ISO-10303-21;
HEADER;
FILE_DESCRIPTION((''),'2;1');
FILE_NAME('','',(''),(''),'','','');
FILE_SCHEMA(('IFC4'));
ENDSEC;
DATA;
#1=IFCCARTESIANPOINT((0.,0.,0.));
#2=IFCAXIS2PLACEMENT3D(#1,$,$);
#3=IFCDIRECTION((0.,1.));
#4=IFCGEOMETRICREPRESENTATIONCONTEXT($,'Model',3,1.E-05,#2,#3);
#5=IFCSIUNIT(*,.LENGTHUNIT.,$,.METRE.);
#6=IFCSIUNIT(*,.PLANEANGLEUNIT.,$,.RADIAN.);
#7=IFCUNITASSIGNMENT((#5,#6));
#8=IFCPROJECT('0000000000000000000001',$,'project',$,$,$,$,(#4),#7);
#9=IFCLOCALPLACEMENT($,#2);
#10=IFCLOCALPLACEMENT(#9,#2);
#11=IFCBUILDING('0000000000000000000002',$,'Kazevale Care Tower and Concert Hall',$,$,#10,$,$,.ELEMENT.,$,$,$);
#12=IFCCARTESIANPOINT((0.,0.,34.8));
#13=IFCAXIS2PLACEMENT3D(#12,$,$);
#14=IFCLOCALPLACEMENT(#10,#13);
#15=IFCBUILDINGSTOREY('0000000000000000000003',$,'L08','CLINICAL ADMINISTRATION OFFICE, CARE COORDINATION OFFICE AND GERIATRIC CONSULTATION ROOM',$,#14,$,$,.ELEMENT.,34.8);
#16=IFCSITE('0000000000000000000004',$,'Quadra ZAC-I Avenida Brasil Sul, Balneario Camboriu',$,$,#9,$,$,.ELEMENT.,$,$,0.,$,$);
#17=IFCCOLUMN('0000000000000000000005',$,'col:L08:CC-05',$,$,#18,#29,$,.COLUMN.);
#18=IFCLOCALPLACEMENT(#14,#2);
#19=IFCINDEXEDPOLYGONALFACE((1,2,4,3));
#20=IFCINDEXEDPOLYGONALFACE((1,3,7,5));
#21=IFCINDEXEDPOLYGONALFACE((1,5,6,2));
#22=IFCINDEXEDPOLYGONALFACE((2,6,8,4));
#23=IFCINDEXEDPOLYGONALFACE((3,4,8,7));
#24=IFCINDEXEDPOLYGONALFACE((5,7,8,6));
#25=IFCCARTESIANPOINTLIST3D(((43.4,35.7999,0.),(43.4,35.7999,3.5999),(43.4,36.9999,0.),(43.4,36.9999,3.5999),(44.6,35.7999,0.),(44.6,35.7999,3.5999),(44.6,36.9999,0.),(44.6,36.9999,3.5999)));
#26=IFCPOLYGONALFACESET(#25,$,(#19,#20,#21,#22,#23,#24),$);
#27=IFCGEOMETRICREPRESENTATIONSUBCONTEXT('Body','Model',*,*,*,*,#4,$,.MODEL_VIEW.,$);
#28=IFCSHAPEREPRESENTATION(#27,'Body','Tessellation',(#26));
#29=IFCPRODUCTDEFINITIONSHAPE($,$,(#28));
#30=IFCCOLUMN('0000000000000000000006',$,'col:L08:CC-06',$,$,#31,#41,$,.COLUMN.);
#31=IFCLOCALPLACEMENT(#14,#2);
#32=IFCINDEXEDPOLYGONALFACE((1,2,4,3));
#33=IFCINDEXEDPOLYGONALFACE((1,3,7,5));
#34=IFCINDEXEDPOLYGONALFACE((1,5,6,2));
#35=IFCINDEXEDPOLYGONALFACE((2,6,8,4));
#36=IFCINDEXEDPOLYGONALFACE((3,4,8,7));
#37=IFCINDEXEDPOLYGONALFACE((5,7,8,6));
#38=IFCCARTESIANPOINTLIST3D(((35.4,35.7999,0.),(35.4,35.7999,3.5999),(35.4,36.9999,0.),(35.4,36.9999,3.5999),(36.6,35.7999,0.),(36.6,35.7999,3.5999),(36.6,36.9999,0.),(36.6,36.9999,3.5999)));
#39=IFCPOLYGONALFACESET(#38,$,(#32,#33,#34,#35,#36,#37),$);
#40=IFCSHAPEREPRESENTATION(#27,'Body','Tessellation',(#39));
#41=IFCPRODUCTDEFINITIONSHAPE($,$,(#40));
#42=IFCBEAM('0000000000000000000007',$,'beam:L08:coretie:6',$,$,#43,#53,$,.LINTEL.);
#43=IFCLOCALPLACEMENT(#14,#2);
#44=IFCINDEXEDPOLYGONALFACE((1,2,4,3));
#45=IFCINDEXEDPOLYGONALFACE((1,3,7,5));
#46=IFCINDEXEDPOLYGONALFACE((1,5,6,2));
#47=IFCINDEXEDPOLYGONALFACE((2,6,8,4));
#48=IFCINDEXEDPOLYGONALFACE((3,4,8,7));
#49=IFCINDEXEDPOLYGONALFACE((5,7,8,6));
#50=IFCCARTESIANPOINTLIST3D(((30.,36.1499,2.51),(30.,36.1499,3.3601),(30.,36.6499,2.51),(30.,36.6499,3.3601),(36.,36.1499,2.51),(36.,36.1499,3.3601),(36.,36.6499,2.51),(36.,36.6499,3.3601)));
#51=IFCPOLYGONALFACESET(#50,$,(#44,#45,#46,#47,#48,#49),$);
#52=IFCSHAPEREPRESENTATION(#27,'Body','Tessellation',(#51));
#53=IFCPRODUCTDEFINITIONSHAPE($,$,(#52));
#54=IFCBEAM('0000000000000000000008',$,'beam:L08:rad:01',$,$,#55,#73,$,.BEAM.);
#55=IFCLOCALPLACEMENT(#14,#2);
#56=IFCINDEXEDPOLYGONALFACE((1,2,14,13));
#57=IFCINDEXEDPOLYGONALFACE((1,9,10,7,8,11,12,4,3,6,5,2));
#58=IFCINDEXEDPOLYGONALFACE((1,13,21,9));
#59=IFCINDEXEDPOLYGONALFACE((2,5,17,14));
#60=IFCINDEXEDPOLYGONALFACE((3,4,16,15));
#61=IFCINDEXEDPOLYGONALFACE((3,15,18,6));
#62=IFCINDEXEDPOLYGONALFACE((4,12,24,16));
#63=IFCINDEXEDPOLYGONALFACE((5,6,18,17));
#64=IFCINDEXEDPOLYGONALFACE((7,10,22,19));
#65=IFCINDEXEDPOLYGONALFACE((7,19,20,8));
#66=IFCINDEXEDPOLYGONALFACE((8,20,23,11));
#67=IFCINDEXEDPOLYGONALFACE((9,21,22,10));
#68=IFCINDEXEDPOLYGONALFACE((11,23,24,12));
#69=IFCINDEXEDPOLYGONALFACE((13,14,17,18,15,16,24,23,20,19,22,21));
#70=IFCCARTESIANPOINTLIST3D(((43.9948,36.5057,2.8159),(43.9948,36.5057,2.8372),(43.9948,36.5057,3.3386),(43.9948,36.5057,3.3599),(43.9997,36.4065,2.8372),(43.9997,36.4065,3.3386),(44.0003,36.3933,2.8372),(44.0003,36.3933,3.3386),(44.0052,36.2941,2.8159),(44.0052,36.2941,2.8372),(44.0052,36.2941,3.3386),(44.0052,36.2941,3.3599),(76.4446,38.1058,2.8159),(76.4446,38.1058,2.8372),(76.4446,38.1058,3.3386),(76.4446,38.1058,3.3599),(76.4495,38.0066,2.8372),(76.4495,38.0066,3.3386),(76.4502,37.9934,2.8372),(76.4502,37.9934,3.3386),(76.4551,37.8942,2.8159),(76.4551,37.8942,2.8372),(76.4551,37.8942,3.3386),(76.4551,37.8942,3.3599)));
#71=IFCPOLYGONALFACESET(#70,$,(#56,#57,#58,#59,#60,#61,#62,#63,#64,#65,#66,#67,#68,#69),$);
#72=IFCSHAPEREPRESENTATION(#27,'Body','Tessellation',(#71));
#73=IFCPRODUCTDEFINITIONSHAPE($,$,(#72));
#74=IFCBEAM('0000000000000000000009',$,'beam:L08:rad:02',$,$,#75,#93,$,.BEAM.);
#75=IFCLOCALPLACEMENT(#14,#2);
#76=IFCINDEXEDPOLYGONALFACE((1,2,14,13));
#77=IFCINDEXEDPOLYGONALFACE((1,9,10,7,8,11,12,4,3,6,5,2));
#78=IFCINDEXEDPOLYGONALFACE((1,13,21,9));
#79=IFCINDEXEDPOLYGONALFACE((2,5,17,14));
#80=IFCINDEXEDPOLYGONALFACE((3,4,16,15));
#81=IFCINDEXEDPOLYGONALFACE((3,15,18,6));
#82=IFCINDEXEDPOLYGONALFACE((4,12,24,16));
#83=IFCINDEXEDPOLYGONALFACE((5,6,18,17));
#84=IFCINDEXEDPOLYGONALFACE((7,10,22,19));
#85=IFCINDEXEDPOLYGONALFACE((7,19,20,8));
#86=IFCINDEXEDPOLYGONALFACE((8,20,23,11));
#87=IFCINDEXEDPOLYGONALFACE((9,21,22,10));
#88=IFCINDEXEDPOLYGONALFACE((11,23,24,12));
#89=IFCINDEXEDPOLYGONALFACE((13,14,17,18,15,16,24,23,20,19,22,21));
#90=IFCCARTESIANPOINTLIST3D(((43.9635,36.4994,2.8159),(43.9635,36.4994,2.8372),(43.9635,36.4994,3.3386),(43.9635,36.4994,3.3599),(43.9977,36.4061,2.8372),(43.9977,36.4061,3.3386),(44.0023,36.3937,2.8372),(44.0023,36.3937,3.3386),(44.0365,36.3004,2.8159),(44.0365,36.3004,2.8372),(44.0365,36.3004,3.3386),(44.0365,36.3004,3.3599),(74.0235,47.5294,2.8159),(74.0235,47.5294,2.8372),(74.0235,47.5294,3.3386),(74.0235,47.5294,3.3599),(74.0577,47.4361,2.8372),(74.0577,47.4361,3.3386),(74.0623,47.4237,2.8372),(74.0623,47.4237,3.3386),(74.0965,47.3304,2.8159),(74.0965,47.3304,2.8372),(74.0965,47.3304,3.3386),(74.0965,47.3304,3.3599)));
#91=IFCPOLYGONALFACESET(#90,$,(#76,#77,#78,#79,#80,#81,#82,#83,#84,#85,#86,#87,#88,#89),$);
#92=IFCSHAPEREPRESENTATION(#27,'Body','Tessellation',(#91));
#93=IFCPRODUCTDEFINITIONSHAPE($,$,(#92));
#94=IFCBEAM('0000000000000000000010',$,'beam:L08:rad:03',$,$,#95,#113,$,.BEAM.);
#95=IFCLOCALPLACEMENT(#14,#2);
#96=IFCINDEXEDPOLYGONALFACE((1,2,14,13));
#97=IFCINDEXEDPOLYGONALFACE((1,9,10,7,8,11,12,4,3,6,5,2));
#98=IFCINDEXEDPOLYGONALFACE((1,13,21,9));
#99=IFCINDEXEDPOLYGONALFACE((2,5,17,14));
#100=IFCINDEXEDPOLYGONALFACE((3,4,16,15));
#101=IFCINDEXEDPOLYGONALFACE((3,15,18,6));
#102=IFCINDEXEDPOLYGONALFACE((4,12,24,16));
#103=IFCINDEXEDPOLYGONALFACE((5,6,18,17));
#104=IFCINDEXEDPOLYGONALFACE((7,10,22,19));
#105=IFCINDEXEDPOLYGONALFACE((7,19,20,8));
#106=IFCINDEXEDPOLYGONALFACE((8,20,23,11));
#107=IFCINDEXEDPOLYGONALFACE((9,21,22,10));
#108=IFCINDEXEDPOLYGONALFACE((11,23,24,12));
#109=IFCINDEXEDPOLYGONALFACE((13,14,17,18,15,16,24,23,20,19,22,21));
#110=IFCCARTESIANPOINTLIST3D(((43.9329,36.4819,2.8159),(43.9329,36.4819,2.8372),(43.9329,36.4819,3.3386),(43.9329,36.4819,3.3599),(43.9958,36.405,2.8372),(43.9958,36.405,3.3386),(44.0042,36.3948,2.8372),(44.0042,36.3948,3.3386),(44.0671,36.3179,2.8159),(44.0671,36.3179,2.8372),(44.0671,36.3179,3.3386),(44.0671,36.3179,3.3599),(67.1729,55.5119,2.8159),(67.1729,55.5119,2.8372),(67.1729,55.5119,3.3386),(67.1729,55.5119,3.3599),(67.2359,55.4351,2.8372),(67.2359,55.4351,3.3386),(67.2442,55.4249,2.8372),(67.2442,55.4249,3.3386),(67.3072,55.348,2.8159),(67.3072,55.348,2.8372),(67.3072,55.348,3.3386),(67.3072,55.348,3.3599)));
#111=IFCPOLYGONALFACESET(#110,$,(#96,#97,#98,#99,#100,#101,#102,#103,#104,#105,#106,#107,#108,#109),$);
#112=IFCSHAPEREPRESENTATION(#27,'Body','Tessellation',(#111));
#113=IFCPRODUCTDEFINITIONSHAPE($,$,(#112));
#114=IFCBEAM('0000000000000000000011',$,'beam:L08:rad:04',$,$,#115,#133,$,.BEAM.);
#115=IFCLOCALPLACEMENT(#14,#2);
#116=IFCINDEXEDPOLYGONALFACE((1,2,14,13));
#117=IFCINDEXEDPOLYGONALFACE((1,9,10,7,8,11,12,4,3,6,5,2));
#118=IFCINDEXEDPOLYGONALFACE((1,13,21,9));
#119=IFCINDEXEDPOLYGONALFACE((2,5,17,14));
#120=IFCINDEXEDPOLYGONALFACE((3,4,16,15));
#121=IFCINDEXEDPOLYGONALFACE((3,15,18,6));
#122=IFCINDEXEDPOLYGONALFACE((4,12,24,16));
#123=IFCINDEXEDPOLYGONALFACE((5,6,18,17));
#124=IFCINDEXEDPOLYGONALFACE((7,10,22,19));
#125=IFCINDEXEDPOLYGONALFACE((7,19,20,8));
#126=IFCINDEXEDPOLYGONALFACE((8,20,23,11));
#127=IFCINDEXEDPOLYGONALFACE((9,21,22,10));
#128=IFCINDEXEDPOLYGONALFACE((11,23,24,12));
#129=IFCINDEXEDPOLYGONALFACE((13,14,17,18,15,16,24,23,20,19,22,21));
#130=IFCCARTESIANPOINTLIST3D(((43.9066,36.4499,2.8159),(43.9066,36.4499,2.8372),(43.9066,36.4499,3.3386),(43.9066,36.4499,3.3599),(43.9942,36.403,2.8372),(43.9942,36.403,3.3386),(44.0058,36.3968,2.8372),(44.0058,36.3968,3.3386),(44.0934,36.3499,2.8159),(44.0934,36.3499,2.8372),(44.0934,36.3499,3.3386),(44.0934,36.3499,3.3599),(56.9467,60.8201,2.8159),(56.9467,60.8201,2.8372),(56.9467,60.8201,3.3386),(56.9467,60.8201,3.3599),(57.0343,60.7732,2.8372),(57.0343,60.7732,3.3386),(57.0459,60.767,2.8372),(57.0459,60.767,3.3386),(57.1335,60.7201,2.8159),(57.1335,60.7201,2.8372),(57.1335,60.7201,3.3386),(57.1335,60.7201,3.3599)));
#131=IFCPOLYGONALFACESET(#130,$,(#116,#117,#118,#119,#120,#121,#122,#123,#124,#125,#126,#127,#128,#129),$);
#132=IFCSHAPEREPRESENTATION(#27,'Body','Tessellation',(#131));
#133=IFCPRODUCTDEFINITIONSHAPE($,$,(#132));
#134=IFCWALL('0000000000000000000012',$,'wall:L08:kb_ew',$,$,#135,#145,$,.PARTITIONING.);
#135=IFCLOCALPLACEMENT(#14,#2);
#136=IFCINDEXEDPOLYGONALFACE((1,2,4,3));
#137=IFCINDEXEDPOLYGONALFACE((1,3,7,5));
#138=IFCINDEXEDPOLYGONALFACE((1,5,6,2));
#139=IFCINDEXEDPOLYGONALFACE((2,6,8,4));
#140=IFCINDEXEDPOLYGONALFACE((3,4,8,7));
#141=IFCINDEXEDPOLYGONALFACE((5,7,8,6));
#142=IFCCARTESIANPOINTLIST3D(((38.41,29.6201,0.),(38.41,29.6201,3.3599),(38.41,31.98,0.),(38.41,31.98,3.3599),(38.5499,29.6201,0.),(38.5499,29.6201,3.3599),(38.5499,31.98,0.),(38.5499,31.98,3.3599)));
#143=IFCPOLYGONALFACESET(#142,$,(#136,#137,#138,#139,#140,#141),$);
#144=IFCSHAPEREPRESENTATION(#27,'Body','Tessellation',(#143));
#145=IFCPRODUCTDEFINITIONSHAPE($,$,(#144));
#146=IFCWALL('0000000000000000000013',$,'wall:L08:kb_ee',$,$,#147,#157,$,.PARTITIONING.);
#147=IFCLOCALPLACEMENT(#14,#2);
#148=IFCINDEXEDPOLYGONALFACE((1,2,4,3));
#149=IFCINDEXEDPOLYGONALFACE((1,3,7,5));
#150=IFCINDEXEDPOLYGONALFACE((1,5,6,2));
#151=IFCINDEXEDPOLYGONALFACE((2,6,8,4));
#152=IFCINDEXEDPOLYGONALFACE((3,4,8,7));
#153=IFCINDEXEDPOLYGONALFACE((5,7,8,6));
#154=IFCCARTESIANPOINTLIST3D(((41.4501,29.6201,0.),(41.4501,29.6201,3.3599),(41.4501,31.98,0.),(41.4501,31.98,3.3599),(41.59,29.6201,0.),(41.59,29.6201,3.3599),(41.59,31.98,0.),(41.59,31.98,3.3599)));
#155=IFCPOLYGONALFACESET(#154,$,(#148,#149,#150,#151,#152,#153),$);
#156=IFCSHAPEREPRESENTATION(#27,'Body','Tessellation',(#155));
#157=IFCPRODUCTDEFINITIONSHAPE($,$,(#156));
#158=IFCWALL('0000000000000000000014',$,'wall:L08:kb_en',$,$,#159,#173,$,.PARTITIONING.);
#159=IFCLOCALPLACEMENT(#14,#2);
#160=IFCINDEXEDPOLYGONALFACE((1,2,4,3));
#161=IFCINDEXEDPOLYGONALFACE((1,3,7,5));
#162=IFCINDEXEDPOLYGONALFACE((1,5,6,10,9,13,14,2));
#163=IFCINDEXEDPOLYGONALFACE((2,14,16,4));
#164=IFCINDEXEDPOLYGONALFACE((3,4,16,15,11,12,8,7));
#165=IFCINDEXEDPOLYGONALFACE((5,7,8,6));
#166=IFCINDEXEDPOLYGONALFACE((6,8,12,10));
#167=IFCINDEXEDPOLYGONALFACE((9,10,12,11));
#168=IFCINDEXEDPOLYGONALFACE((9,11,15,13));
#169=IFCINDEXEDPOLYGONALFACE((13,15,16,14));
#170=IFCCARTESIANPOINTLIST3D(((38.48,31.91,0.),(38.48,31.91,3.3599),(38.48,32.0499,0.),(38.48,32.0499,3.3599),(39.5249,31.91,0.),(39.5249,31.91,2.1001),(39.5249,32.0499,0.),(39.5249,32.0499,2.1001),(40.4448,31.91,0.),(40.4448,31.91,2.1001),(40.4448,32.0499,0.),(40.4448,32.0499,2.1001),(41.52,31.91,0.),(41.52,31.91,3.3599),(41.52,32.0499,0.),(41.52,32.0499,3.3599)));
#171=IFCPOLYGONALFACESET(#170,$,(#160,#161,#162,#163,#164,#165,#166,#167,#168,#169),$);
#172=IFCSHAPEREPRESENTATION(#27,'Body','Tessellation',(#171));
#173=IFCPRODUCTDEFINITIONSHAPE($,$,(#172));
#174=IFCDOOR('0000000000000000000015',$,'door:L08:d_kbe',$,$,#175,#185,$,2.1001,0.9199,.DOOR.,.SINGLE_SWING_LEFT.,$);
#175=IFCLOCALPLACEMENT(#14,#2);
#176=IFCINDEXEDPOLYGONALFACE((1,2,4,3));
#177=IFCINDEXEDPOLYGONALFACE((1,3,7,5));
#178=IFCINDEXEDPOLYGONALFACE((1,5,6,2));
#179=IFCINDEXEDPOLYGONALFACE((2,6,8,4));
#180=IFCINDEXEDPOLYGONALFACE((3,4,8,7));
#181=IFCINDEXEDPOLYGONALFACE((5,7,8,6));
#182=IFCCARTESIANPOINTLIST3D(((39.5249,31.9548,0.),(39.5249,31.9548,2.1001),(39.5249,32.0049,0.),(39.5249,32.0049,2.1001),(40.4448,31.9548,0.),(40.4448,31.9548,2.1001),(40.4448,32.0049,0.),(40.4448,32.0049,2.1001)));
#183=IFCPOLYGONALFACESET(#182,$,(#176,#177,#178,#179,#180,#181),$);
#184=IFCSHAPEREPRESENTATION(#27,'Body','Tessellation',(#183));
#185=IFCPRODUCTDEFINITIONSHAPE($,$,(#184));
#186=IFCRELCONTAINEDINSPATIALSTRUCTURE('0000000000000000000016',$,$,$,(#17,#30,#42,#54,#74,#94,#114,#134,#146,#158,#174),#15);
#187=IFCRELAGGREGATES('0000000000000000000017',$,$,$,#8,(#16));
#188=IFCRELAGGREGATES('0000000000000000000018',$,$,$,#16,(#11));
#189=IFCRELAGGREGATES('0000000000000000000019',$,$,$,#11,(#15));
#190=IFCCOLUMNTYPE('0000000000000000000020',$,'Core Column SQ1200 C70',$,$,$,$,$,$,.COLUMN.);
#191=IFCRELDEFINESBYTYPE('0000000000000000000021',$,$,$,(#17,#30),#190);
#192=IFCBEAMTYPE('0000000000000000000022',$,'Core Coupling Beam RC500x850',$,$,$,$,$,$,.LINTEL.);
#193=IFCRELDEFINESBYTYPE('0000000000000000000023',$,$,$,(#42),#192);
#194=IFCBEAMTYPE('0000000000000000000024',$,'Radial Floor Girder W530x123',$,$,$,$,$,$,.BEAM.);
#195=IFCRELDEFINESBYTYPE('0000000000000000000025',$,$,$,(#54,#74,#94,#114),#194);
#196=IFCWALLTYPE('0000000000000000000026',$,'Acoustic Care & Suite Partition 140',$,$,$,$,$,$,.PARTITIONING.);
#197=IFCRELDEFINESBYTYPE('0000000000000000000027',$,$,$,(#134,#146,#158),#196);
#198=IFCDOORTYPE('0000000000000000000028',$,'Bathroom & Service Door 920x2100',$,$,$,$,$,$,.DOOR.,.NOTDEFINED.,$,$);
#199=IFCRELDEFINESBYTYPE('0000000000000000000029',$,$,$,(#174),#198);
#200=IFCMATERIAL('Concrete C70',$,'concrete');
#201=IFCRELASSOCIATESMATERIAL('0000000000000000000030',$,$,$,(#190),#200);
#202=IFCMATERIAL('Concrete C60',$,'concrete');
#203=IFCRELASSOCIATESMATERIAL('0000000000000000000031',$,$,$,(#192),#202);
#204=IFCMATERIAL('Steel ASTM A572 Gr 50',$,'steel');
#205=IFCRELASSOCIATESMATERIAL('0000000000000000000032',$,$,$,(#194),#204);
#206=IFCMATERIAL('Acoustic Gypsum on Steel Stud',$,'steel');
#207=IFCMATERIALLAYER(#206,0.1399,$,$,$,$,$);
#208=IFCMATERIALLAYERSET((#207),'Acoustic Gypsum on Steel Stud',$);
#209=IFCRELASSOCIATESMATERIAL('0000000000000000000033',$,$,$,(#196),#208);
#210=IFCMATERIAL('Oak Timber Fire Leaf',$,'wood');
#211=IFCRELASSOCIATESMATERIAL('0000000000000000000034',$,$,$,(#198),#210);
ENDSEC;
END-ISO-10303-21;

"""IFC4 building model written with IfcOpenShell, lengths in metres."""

from ifc_helpers import new_model, si_unit, direction, frame, frame_2d, origin, origin_2d, place, context, subcontext, project, spatial, rectangle, i_section, extrude, material, layer, layer_set, material_profile, profile_set, type_object, element, fill, save


model = new_model("IFC4")

# Units and contexts
model_context = context("Model", 3, precision=1e-05, world=origin(), true_north=direction((0.0, 1.0)))
body_context = subcontext(model_context, "Body", "Model", "MODEL_VIEW")
ifc_project = project(units=[si_unit("LENGTHUNIT", "METRE"), si_unit("PLANEANGLEUNIT", "RADIAN")], contexts=[model_context])

# Site, building, storey
site_placement = place(None, origin())
site = spatial("IfcSite", under=ifc_project, at=site_placement, Name="Quadra ZAC-I Avenida Brasil Sul, Balneario Camboriu", CompositionType="ELEMENT", RefElevation=0.0)
building_placement = place(site_placement, origin())
building = spatial("IfcBuilding", under=site, at=building_placement, Name="Kazevale Care Tower and Concert Hall", CompositionType="ELEMENT")
storey_placement = place(building_placement, frame((0.0, 0.0, 34.8)))
storey = spatial("IfcBuildingStorey", under=building, at=storey_placement, Name="L08", Description="CLINICAL ADMINISTRATION OFFICE, CARE COORDINATION OFFICE AND GERIATRIC CONSULTATION ROOM", CompositionType="ELEMENT", Elevation=34.8)

# Columns
ifc_material_1 = material(Name="Concrete C70", Category="concrete")
ifc_material_profile_1 = material_profile(ifc_material_1, rectangle(XDim=1.2, YDim=1.2, at=origin_2d()), Name="RC-SQ1200")
ifc_profile_set_1 = profile_set([ifc_material_profile_1], Name="Concrete C70")
column_type = type_object("IfcColumnType", Name="Core Column SQ1200 C70", PredefinedType="COLUMN", material=ifc_profile_set_1)
for number, where, z_axis, x_axis, name in (
    (1, (44.0, 36.3999, 0.0), (0.0, 0.0, 1.0), (1.0, 0.0, 0.0), "col:L08:CC-05"),
    (2, (36.0, 36.3999, 0.0), (0.0, 0.0, 1.0), (1.0, 0.0, 0.0), "col:L08:CC-06"),
):
    element("IfcColumn", number, at=place(storey_placement, frame(where, z_axis=z_axis, x_axis=x_axis)), inside=storey, type_object=column_type, Name=name, PredefinedType="COLUMN", context=body_context, shape_type="SweptSolid", body=[
        extrude(rectangle(XDim=1.2, YDim=1.2, at=origin_2d()), origin(), (0.0, 0.0, 1.0), 3.5999),
    ])

# Beams
ifc_material_2 = material(Name="Concrete C60", Category="concrete")
ifc_material_profile_2 = material_profile(ifc_material_2, rectangle(XDim=0.5, YDim=0.8501, at=origin_2d()), Name="RC-B500x850")
ifc_profile_set_2 = profile_set([ifc_material_profile_2], Name="Concrete C60")
beam_type_1 = type_object("IfcBeamType", Name="Core Coupling Beam RC500x850", PredefinedType="LINTEL", material=ifc_profile_set_2)
beam_1_placement = place(storey_placement, frame((36.0, 36.3999, 2.9351), z_axis=(-1.0, 0.0, 0.0), x_axis=(0.0, -1.0, 0.0)))
element("IfcBeam", 3, at=beam_1_placement, inside=storey, type_object=beam_type_1, Name="beam:L08:coretie:6", PredefinedType="LINTEL", context=body_context, shape_type="SweptSolid", body=[
    extrude(rectangle(XDim=0.5, YDim=0.8501, at=origin_2d()), origin(), (0.0, 0.0, 1.0), 6.0),
])
ifc_material_3 = material(Name="Steel ASTM A572 Gr 50", Category="steel")
ifc_material_profile_3 = material_profile(ifc_material_3, i_section(OverallWidth=0.2119, OverallDepth=0.5439, WebThickness=0.0132, FlangeThickness=0.0212, at=origin_2d()), Name="W530x123")
ifc_profile_set_3 = profile_set([ifc_material_profile_3], Name="Steel ASTM A572 Gr 50")
beam_type_2 = type_object("IfcBeamType", Name="Radial Floor Girder W530x123", PredefinedType="BEAM", material=ifc_profile_set_3)
beam_2_placement = place(storey_placement, frame((44.0, 36.3999, 3.0879), z_axis=(0.998786, 0.04925, 0.0), x_axis=(-0.04925, 0.998786, 0.0)))
element("IfcBeam", 4, at=beam_2_placement, inside=storey, type_object=beam_type_2, Name="beam:L08:rad:01", PredefinedType="BEAM", context=body_context, shape_type="SweptSolid", body=[
    extrude(i_section(OverallWidth=0.2119, OverallDepth=0.5439, WebThickness=0.0132, FlangeThickness=0.0212, at=origin_2d()), origin(), (0.0, 0.0, 1.0), 32.4893),
])
beam_3_placement = place(storey_placement, frame((44.0, 36.3999, 3.0879), z_axis=(0.938795, 0.344475, 0.0), x_axis=(-0.344475, 0.938795, 0.0)))
element("IfcBeam", 5, at=beam_3_placement, inside=storey, type_object=beam_type_2, Name="beam:L08:rad:02", PredefinedType="BEAM", context=body_context, shape_type="SweptSolid", body=[
    extrude(i_section(OverallWidth=0.2119, OverallDepth=0.5439, WebThickness=0.0132, FlangeThickness=0.0212, at=origin_2d()), origin(), (0.0, 0.0, 1.0), 32.0198),
])
beam_4_placement = place(storey_placement, frame((44.0, 36.3999, 3.0879), z_axis=(0.773704, 0.633547, 0.0), x_axis=(-0.633547, 0.773704, 0.0)))
element("IfcBeam", 6, at=beam_4_placement, inside=storey, type_object=beam_type_2, Name="beam:L08:rad:03", PredefinedType="BEAM", context=body_context, shape_type="SweptSolid", body=[
    extrude(i_section(OverallWidth=0.2119, OverallDepth=0.5439, WebThickness=0.0132, FlangeThickness=0.0212, at=origin_2d()), origin(), (0.0, 0.0, 1.0), 30.0374),
])
beam_5_placement = place(storey_placement, frame((44.0, 36.3999, 3.0879), z_axis=(0.471789, 0.881712, 0.0), x_axis=(-0.881712, 0.471789, 0.0)))
element("IfcBeam", 7, at=beam_5_placement, inside=storey, type_object=beam_type_2, Name="beam:L08:rad:04", PredefinedType="BEAM", context=body_context, shape_type="SweptSolid", body=[
    extrude(i_section(OverallWidth=0.2119, OverallDepth=0.5439, WebThickness=0.0132, FlangeThickness=0.0212, at=origin_2d()), origin(), (0.0, 0.0, 1.0), 27.6396),
])

# Walls
ifc_material_4 = material(Name="Acoustic Gypsum on Steel Stud", Category="steel")
ifc_layer_1 = layer(ifc_material_4, 0.1399)
ifc_layer_set_1 = layer_set([ifc_layer_1], Name="Acoustic Gypsum on Steel Stud")
wall_type_1 = type_object("IfcWallType", Name="Acoustic Care & Suite Partition 140", PredefinedType="PARTITIONING", material=ifc_layer_set_1)
for number, where, z_axis, x_axis, name in (
    (8, (38.48, 29.6201, 0.0), (0.0, 0.0, 1.0), (0.0, 1.0, 0.0), "wall:L08:kb_ew"),
    (9, (41.52, 29.6201, 0.0), (0.0, 0.0, 1.0), (0.0, 1.0, 0.0), "wall:L08:kb_ee"),
):
    element("IfcWall", number, at=place(storey_placement, frame(where, z_axis=z_axis, x_axis=x_axis)), inside=storey, type_object=wall_type_1, Name=name, PredefinedType="PARTITIONING", context=body_context, shape_type="SweptSolid", body=[
        extrude(rectangle(XDim=2.3599, YDim=0.1399, at=frame_2d((1.1799, 0.0))), origin(), (0.0, 0.0, 1.0), 3.3599),
    ])

# Wall, opening, door
wall_1_placement = place(storey_placement, frame((38.48, 31.98, 0.0), z_axis=(0.0, 0.0, 1.0), x_axis=(1.0, 0.0, 0.0)))
wall_1 = element("IfcWall", 10, at=wall_1_placement, inside=storey, type_object=wall_type_1, Name="wall:L08:kb_en", PredefinedType="PARTITIONING", context=body_context, shape_type="SweptSolid", body=[
    extrude(rectangle(XDim=3.04, YDim=0.1399, at=frame_2d((1.52, 0.0))), origin(), (0.0, 0.0, 1.0), 3.3599),
])
opening_1_placement = place(wall_1_placement, frame((1.0449, 0.0, 0.0)))
opening_1 = element("IfcOpeningElement", 11, at=opening_1_placement, cuts=wall_1, PredefinedType="OPENING", context=body_context, shape_type="SweptSolid", body=[
    extrude(rectangle(XDim=0.9199, YDim=2.1001, at=frame_2d((0.46, 1.05))), frame((0.0, 0.0798, 0.0), z_axis=(0.0, -1.0, 0.0), x_axis=(1.0, 0.0, 0.0)), (0.0, 0.0, 1.0), 0.1599),
])
ifc_material_5 = material(Name="Oak Timber Fire Leaf", Category="wood")
door_type_1 = type_object("IfcDoorType", Name="Bathroom & Service Door 920x2100", OperationType="NOTDEFINED", PredefinedType="DOOR", material=ifc_material_5)
door_1_placement = place(opening_1_placement, origin())
door_1 = element("IfcDoor", 12, at=door_1_placement, inside=storey, type_object=door_type_1, Name="door:L08:d_kbe", OperationType="SINGLE_SWING_LEFT", OverallHeight=2.1001, OverallWidth=0.9199, PredefinedType="DOOR", context=body_context, shape_type="SweptSolid", body=[
    extrude(rectangle(XDim=0.9199, YDim=2.1001, at=frame_2d((0.46, 1.05))), frame((0.0, 0.0249, 0.0), z_axis=(0.0, -1.0, 0.0), x_axis=(1.0, 0.0, 0.0)), (0.0, 0.0, 1.0), 0.05),
])
fill(opening_1, door_1)

save(model, "model.ifc")
